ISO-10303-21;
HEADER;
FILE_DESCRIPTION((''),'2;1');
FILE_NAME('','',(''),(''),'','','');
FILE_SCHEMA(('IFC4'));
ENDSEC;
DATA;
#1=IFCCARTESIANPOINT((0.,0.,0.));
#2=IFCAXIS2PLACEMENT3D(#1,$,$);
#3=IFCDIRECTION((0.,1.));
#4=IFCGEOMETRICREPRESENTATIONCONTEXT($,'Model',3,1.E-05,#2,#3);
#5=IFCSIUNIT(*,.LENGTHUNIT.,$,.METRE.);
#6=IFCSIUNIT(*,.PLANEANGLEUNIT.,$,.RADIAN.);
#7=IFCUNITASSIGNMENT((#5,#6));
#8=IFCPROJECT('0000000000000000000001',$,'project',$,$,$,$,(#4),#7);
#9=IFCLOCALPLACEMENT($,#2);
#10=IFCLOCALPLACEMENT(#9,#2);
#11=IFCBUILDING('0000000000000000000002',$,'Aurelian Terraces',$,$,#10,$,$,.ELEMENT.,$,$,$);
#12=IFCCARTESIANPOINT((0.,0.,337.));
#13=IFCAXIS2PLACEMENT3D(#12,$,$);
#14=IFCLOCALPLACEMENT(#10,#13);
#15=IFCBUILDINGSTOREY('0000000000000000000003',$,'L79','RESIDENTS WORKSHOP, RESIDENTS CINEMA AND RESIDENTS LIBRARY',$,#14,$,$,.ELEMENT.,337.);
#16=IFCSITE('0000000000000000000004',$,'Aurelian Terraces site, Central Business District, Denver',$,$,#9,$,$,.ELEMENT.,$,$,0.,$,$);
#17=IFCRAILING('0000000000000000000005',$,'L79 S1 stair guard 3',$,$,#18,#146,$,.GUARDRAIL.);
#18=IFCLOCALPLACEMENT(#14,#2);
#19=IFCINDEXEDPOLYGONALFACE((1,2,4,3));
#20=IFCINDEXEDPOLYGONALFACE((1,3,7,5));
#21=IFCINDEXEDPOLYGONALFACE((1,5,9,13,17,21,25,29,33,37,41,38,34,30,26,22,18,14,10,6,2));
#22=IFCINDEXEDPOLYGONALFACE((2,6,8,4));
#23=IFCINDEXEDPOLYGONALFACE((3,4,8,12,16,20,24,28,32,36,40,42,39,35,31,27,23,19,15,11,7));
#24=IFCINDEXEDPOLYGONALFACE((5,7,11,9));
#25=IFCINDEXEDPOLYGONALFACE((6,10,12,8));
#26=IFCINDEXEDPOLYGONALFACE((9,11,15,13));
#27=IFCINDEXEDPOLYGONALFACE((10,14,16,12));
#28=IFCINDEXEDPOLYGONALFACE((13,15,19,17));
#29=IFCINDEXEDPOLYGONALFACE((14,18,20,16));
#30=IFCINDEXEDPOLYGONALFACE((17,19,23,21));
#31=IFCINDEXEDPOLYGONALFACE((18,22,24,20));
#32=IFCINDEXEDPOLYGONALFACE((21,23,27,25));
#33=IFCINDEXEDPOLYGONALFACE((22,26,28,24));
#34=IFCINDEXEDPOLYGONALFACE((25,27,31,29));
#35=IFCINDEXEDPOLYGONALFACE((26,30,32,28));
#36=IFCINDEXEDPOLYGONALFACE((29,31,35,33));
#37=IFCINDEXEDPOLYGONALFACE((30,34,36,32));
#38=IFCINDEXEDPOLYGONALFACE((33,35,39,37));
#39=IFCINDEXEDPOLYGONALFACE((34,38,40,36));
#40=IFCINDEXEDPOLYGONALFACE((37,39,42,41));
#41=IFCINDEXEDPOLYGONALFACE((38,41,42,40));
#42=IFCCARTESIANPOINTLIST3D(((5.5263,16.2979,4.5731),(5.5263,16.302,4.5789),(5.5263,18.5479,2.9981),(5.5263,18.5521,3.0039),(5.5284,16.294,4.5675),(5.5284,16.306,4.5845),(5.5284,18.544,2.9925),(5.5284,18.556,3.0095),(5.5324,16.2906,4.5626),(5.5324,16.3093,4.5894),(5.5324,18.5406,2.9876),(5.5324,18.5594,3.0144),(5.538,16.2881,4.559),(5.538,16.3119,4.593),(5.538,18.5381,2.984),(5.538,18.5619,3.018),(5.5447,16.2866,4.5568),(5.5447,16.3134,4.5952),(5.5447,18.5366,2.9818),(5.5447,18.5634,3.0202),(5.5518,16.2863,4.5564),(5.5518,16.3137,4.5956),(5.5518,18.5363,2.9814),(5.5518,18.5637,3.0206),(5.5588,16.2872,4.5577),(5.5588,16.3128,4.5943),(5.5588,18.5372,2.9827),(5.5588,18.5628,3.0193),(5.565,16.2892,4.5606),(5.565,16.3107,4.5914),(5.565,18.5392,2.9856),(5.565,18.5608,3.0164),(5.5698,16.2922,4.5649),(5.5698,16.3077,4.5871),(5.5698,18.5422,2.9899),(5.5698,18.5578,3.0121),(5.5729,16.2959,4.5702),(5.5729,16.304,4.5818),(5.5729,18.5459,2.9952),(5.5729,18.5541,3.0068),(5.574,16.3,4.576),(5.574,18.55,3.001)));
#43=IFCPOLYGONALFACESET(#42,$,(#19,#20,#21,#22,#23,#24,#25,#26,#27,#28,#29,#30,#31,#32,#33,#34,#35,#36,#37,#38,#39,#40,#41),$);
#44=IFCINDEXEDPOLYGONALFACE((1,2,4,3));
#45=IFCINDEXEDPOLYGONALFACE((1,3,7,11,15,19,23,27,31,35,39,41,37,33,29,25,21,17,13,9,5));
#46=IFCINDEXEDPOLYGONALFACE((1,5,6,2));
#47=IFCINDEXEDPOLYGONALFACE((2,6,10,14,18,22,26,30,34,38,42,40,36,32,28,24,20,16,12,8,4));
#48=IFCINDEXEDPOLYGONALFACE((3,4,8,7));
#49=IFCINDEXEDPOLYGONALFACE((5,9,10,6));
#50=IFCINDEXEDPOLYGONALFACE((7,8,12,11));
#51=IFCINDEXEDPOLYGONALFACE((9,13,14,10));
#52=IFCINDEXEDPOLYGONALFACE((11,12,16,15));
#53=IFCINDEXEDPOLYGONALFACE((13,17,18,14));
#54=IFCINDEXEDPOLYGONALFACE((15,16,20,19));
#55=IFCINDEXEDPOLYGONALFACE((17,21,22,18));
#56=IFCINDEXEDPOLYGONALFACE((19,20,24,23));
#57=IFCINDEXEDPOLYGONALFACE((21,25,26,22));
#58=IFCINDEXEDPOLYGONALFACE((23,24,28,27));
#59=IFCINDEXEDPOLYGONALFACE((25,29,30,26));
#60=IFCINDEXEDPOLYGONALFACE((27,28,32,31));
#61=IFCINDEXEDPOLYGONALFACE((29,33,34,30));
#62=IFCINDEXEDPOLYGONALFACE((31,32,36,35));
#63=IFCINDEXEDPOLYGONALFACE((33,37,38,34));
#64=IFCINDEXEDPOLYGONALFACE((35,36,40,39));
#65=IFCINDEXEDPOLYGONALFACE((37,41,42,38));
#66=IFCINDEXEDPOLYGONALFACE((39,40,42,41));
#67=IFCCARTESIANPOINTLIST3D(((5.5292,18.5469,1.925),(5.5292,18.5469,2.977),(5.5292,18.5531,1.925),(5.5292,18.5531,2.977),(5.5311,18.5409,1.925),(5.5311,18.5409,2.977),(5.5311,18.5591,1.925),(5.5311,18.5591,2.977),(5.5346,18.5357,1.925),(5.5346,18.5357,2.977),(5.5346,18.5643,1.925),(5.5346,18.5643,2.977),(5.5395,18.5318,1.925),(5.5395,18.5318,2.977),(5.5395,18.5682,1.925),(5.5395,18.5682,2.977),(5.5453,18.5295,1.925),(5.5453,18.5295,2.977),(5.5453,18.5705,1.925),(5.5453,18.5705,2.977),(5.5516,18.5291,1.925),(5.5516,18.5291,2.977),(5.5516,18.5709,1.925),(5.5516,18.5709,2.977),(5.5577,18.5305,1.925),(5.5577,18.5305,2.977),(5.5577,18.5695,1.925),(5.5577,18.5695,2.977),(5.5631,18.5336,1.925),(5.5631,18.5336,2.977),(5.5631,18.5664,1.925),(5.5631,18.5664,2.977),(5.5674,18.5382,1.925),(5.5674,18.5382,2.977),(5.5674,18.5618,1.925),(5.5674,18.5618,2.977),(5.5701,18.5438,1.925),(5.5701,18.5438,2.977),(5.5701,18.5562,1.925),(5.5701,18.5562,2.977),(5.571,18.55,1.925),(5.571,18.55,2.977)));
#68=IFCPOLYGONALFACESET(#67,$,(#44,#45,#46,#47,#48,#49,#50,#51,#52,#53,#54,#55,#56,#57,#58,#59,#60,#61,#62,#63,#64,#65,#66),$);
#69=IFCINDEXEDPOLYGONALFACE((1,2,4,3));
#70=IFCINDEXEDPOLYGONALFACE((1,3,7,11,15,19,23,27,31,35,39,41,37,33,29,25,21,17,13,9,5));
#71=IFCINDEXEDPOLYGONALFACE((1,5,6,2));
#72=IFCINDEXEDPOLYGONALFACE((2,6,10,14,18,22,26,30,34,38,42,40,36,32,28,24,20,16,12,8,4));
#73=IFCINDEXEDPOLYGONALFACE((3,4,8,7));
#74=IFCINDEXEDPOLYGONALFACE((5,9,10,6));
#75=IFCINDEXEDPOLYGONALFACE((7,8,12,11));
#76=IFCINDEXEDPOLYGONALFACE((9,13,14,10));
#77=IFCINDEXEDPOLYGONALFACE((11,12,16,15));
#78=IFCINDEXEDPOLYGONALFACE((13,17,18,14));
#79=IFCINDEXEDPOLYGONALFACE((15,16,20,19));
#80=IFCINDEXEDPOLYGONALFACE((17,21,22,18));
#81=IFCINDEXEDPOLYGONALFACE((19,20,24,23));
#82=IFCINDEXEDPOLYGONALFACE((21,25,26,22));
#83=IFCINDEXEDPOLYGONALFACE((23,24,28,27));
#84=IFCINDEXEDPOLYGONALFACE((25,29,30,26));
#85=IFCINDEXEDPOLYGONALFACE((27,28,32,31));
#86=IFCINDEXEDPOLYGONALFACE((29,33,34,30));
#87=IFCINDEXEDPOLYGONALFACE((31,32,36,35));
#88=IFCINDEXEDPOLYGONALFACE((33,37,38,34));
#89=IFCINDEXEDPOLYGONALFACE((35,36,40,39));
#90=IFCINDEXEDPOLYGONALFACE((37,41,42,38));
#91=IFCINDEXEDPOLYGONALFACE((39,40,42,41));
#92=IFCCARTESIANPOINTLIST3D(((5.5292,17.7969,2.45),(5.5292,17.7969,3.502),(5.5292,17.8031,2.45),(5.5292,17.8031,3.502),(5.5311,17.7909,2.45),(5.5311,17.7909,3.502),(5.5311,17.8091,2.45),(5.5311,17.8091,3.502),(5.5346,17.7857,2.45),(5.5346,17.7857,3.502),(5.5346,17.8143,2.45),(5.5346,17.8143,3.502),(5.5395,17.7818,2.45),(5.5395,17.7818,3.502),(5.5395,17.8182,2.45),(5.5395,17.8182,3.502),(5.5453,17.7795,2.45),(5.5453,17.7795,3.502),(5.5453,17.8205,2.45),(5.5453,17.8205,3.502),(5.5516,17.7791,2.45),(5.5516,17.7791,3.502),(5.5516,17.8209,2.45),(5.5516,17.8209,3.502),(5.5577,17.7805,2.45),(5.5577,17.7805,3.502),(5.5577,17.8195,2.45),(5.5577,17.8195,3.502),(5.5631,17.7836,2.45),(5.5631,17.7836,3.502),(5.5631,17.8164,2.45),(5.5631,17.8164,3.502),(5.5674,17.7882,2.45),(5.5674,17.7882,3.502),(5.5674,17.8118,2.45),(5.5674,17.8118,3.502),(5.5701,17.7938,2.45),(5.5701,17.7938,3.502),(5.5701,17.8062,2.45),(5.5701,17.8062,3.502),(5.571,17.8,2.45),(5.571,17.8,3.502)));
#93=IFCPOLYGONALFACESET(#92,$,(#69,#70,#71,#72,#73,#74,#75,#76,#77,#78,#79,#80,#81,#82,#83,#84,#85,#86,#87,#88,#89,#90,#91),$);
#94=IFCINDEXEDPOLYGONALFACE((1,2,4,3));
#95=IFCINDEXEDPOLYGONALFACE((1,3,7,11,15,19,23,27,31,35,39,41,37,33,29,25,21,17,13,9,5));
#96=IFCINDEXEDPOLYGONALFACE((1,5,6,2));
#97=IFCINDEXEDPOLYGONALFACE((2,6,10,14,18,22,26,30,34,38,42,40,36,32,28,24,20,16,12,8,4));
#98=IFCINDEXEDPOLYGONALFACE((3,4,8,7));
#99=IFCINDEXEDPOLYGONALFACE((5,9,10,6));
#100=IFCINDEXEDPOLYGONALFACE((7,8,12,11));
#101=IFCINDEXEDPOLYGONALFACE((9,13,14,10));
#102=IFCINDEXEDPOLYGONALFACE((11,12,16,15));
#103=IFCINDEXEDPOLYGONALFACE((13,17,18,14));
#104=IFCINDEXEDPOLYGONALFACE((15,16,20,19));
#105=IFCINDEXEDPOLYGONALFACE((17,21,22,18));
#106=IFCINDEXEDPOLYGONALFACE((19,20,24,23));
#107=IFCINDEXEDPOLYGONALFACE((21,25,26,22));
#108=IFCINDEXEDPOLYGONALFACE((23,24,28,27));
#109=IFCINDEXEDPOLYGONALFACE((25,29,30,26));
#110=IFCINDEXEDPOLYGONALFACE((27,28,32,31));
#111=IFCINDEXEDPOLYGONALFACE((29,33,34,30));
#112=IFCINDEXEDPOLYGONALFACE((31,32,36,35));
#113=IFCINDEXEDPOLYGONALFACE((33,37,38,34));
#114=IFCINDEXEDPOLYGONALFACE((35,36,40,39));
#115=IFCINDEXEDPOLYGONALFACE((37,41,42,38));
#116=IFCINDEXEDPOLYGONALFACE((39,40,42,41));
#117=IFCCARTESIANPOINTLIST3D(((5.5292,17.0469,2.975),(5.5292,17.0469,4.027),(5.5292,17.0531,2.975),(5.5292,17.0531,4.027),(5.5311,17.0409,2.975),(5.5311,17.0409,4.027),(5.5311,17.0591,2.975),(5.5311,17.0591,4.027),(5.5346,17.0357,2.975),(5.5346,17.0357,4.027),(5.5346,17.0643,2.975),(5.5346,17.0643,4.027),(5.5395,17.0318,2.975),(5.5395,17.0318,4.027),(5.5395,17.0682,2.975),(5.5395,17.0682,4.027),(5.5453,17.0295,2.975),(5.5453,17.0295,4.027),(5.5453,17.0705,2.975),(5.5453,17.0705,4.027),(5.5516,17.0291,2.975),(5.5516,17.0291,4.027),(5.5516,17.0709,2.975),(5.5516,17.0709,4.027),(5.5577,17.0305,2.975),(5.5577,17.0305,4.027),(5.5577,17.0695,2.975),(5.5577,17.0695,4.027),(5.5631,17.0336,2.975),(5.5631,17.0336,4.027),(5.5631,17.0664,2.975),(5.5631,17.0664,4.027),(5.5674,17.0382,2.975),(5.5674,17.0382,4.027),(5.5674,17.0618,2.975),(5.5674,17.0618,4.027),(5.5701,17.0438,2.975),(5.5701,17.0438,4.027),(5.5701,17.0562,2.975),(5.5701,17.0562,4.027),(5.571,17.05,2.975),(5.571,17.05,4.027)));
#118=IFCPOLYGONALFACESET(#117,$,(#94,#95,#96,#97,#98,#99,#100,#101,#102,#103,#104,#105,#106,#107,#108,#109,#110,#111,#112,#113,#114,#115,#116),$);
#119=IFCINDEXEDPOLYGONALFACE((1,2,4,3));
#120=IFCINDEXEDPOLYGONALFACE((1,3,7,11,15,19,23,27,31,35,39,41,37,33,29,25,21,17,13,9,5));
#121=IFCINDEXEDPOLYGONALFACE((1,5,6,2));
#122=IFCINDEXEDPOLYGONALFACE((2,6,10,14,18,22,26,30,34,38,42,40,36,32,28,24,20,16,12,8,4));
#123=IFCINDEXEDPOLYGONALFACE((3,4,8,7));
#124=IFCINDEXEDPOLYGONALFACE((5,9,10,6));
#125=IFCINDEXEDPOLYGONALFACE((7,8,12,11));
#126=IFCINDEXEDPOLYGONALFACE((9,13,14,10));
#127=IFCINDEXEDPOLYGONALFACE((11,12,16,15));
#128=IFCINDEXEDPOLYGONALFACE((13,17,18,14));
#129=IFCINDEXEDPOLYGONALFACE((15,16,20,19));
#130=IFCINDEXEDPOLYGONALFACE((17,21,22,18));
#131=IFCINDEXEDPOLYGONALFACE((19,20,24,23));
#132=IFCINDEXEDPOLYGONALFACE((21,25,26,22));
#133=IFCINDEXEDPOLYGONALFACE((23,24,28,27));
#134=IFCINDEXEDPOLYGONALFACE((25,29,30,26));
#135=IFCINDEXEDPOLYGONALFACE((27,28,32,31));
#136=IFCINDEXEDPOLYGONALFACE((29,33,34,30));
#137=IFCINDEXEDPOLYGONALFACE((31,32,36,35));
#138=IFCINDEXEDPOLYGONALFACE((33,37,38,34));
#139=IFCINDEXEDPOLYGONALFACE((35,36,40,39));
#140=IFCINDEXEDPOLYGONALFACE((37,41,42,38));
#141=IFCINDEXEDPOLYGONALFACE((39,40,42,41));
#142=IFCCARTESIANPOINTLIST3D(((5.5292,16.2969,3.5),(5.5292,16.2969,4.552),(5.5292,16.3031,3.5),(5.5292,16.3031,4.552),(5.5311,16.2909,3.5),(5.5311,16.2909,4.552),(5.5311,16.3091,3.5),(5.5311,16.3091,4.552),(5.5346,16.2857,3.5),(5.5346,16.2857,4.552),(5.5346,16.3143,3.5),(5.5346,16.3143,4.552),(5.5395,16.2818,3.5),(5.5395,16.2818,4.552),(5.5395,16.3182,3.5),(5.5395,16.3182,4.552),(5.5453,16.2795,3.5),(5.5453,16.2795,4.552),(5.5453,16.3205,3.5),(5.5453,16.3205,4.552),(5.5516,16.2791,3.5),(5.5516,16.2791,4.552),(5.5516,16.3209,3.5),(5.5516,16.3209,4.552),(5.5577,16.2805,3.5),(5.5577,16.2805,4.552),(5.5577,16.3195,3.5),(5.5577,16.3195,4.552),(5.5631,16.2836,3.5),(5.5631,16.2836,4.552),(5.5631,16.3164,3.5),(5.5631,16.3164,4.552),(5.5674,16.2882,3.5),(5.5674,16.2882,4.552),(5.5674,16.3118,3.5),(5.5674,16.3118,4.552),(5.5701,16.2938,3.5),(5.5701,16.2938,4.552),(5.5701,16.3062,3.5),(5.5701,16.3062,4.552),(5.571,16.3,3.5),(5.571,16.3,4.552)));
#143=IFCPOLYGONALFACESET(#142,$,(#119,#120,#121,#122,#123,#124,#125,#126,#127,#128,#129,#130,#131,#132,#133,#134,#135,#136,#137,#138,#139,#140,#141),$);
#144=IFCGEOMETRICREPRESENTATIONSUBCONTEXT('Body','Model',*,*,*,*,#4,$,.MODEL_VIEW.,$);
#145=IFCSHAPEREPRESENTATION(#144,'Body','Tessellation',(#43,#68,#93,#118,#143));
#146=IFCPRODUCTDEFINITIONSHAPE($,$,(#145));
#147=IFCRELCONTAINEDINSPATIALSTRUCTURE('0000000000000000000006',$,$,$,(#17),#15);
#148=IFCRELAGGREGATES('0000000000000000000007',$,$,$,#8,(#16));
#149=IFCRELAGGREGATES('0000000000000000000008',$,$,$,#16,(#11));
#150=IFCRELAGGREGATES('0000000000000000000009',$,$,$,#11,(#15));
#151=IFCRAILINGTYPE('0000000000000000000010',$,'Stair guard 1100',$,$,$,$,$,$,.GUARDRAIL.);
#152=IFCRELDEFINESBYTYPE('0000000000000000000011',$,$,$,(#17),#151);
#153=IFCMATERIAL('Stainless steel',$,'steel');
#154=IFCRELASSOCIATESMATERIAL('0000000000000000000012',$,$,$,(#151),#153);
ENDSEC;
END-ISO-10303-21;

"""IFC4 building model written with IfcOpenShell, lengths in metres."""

from ifc_helpers import new_model, si_unit, direction, frame, origin, origin_2d, place, context, subcontext, project, spatial, circle, extrude, source, transform, mapped, material, type_object, element, save


model = new_model("IFC4")

# Units and contexts
model_context = context("Model", 3, precision=1e-05, world=origin(), true_north=direction((0.0, 1.0)))
body_context = subcontext(model_context, "Body", "Model", "MODEL_VIEW")
ifc_project = project(units=[si_unit("LENGTHUNIT", "METRE"), si_unit("PLANEANGLEUNIT", "RADIAN")], contexts=[model_context])

# Site, building, storey
site_placement = place(None, origin())
site = spatial("IfcSite", under=ifc_project, at=site_placement, Name="Aurelian Terraces site, Central Business District, Denver", CompositionType="ELEMENT", RefElevation=0.0)
building_placement = place(site_placement, origin())
building = spatial("IfcBuilding", under=site, at=building_placement, Name="Aurelian Terraces", CompositionType="ELEMENT")
storey_placement = place(building_placement, frame((0.0, 0.0, 337.0)))
storey = spatial("IfcBuildingStorey", under=building, at=storey_placement, Name="L79", Description="RESIDENTS WORKSHOP, RESIDENTS CINEMA AND RESIDENTS LIBRARY", CompositionType="ELEMENT", Elevation=337.0)

# Railing
ifc_material_1 = material(Name="Stainless steel", Category="steel")
railing_type_1 = type_object("IfcRailingType", Name="Stair guard 1100", PredefinedType="GUARDRAIL", material=ifc_material_1)
shared_shape_1 = source(origin(), body_context, "Body", "SweptSolid", [
    extrude(circle(Radius=0.024, at=origin_2d()), frame((0.0, 0.0, 1.076), z_axis=(0.0, -0.819232, 0.573462), x_axis=(1.0, 0.0, 0.0)), (0.0, 0.0, 1.0), 2.7465),
    extrude(circle(Radius=0.021, at=origin_2d()), origin(), (0.0, 0.0, 1.0), 1.052),
    extrude(circle(Radius=0.021, at=origin_2d()), frame((0.0, -0.75, 0.525)), (0.0, 0.0, 1.0), 1.052),
    extrude(circle(Radius=0.021, at=origin_2d()), frame((0.0, -1.5, 1.05)), (0.0, 0.0, 1.0), 1.052),
    extrude(circle(Radius=0.021, at=origin_2d()), frame((0.0, -2.25, 1.575)), (0.0, 0.0, 1.0), 1.052),
])
railing_1_placement = place(storey_placement, frame((5.55, 18.55, 1.925)))
element("IfcRailing", 1, at=railing_1_placement, inside=storey, type_object=railing_type_1, Name="L79 S1 stair guard 3", PredefinedType="GUARDRAIL", context=body_context, shape_type="MappedRepresentation", body=[
    mapped(shared_shape_1, transform((0.0, 0.0, 0.0), scale=1.0)),
])

save(model, "model.ifc")
